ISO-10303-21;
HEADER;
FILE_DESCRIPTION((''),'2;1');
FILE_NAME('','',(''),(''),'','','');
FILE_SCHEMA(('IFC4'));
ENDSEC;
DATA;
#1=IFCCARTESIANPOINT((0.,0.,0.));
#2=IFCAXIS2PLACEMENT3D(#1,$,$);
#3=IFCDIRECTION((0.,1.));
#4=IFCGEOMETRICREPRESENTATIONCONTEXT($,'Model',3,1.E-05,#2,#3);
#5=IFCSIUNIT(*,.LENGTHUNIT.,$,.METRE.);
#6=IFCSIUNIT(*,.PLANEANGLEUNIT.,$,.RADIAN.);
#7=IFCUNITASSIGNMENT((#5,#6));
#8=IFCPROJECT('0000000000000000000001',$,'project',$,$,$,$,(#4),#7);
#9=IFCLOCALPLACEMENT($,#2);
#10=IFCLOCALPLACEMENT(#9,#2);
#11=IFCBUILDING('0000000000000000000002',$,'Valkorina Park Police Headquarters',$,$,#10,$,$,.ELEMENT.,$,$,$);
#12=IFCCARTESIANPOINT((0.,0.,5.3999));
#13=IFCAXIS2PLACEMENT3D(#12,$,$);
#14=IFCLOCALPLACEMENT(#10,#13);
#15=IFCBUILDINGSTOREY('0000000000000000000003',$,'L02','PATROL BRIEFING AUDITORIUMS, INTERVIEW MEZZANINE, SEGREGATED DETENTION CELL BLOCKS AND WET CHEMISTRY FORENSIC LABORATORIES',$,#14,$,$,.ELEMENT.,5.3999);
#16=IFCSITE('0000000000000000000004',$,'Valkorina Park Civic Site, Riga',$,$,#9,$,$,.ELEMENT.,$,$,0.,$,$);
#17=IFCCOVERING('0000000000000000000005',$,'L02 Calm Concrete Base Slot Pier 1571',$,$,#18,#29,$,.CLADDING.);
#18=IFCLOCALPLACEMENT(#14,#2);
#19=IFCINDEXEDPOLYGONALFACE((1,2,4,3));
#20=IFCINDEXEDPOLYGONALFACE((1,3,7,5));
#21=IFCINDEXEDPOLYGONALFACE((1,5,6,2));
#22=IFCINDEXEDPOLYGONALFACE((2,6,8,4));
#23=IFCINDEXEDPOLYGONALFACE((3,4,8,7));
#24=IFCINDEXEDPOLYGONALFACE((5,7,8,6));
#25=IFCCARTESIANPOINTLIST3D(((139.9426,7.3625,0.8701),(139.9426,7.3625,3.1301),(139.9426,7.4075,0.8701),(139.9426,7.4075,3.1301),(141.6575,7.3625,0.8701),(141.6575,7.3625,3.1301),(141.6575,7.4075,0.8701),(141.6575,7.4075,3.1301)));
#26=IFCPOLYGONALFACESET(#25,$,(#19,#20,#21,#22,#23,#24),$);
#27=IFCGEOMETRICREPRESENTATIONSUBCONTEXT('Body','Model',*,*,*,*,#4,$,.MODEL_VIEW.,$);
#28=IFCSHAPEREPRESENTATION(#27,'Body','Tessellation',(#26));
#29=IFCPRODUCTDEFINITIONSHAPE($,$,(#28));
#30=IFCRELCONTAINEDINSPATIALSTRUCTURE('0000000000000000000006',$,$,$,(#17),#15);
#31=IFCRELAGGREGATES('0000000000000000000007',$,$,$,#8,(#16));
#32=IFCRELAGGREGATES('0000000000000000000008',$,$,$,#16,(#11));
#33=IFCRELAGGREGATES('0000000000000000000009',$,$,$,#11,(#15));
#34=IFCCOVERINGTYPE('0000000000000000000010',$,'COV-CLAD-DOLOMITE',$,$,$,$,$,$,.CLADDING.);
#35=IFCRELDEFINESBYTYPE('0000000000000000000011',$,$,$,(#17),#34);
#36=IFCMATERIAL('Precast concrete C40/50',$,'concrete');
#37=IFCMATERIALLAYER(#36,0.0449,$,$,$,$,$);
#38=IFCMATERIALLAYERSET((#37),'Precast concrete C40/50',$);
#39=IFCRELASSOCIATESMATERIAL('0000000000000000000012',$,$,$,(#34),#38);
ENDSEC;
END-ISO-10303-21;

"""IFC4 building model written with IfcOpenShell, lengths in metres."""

from ifc_helpers import new_model, si_unit, direction, frame, frame_2d, origin, place, context, subcontext, project, spatial, rectangle, extrude, material, layer, layer_set, type_object, element, save


model = new_model("IFC4")

# Units and contexts
model_context = context("Model", 3, precision=1e-05, world=origin(), true_north=direction((0.0, 1.0)))
body_context = subcontext(model_context, "Body", "Model", "MODEL_VIEW")
ifc_project = project(units=[si_unit("LENGTHUNIT", "METRE"), si_unit("PLANEANGLEUNIT", "RADIAN")], contexts=[model_context])

# Site, building, storey
site_placement = place(None, origin())
site = spatial("IfcSite", under=ifc_project, at=site_placement, Name="Valkorina Park Civic Site, Riga", CompositionType="ELEMENT", RefElevation=0.0)
building_placement = place(site_placement, origin())
building = spatial("IfcBuilding", under=site, at=building_placement, Name="Valkorina Park Police Headquarters", CompositionType="ELEMENT")
storey_placement = place(building_placement, frame((0.0, 0.0, 5.3999)))
storey = spatial("IfcBuildingStorey", under=building, at=storey_placement, Name="L02", Description="PATROL BRIEFING AUDITORIUMS, INTERVIEW MEZZANINE, SEGREGATED DETENTION CELL BLOCKS AND WET CHEMISTRY FORENSIC LABORATORIES", CompositionType="ELEMENT", Elevation=5.3999)

# Shared definitions
ifc_material_1 = material(Name="Precast concrete C40/50", Category="concrete")

# Covering
ifc_layer_1 = layer(ifc_material_1, 0.0449)
ifc_layer_set_1 = layer_set([ifc_layer_1], Name="Precast concrete C40/50")
covering_type = type_object("IfcCoveringType", Name="COV-CLAD-DOLOMITE", PredefinedType="CLADDING", material=ifc_layer_set_1)
covering_1_placement = place(storey_placement, frame((141.6575, 7.385, 0.8701), z_axis=(0.0, 0.0, 1.0), x_axis=(-1.0, 0.0, 0.0)))
element("IfcCovering", 1, at=covering_1_placement, inside=storey, type_object=covering_type, Name="L02 Calm Concrete Base Slot Pier 1571", PredefinedType="CLADDING", context=body_context, shape_type="SweptSolid", body=[
    extrude(rectangle(XDim=1.7148, YDim=0.0449, at=frame_2d((0.8574, 0.0))), origin(), (0.0, 0.0, 1.0), 2.26),
])

save(model, "model.ifc")
